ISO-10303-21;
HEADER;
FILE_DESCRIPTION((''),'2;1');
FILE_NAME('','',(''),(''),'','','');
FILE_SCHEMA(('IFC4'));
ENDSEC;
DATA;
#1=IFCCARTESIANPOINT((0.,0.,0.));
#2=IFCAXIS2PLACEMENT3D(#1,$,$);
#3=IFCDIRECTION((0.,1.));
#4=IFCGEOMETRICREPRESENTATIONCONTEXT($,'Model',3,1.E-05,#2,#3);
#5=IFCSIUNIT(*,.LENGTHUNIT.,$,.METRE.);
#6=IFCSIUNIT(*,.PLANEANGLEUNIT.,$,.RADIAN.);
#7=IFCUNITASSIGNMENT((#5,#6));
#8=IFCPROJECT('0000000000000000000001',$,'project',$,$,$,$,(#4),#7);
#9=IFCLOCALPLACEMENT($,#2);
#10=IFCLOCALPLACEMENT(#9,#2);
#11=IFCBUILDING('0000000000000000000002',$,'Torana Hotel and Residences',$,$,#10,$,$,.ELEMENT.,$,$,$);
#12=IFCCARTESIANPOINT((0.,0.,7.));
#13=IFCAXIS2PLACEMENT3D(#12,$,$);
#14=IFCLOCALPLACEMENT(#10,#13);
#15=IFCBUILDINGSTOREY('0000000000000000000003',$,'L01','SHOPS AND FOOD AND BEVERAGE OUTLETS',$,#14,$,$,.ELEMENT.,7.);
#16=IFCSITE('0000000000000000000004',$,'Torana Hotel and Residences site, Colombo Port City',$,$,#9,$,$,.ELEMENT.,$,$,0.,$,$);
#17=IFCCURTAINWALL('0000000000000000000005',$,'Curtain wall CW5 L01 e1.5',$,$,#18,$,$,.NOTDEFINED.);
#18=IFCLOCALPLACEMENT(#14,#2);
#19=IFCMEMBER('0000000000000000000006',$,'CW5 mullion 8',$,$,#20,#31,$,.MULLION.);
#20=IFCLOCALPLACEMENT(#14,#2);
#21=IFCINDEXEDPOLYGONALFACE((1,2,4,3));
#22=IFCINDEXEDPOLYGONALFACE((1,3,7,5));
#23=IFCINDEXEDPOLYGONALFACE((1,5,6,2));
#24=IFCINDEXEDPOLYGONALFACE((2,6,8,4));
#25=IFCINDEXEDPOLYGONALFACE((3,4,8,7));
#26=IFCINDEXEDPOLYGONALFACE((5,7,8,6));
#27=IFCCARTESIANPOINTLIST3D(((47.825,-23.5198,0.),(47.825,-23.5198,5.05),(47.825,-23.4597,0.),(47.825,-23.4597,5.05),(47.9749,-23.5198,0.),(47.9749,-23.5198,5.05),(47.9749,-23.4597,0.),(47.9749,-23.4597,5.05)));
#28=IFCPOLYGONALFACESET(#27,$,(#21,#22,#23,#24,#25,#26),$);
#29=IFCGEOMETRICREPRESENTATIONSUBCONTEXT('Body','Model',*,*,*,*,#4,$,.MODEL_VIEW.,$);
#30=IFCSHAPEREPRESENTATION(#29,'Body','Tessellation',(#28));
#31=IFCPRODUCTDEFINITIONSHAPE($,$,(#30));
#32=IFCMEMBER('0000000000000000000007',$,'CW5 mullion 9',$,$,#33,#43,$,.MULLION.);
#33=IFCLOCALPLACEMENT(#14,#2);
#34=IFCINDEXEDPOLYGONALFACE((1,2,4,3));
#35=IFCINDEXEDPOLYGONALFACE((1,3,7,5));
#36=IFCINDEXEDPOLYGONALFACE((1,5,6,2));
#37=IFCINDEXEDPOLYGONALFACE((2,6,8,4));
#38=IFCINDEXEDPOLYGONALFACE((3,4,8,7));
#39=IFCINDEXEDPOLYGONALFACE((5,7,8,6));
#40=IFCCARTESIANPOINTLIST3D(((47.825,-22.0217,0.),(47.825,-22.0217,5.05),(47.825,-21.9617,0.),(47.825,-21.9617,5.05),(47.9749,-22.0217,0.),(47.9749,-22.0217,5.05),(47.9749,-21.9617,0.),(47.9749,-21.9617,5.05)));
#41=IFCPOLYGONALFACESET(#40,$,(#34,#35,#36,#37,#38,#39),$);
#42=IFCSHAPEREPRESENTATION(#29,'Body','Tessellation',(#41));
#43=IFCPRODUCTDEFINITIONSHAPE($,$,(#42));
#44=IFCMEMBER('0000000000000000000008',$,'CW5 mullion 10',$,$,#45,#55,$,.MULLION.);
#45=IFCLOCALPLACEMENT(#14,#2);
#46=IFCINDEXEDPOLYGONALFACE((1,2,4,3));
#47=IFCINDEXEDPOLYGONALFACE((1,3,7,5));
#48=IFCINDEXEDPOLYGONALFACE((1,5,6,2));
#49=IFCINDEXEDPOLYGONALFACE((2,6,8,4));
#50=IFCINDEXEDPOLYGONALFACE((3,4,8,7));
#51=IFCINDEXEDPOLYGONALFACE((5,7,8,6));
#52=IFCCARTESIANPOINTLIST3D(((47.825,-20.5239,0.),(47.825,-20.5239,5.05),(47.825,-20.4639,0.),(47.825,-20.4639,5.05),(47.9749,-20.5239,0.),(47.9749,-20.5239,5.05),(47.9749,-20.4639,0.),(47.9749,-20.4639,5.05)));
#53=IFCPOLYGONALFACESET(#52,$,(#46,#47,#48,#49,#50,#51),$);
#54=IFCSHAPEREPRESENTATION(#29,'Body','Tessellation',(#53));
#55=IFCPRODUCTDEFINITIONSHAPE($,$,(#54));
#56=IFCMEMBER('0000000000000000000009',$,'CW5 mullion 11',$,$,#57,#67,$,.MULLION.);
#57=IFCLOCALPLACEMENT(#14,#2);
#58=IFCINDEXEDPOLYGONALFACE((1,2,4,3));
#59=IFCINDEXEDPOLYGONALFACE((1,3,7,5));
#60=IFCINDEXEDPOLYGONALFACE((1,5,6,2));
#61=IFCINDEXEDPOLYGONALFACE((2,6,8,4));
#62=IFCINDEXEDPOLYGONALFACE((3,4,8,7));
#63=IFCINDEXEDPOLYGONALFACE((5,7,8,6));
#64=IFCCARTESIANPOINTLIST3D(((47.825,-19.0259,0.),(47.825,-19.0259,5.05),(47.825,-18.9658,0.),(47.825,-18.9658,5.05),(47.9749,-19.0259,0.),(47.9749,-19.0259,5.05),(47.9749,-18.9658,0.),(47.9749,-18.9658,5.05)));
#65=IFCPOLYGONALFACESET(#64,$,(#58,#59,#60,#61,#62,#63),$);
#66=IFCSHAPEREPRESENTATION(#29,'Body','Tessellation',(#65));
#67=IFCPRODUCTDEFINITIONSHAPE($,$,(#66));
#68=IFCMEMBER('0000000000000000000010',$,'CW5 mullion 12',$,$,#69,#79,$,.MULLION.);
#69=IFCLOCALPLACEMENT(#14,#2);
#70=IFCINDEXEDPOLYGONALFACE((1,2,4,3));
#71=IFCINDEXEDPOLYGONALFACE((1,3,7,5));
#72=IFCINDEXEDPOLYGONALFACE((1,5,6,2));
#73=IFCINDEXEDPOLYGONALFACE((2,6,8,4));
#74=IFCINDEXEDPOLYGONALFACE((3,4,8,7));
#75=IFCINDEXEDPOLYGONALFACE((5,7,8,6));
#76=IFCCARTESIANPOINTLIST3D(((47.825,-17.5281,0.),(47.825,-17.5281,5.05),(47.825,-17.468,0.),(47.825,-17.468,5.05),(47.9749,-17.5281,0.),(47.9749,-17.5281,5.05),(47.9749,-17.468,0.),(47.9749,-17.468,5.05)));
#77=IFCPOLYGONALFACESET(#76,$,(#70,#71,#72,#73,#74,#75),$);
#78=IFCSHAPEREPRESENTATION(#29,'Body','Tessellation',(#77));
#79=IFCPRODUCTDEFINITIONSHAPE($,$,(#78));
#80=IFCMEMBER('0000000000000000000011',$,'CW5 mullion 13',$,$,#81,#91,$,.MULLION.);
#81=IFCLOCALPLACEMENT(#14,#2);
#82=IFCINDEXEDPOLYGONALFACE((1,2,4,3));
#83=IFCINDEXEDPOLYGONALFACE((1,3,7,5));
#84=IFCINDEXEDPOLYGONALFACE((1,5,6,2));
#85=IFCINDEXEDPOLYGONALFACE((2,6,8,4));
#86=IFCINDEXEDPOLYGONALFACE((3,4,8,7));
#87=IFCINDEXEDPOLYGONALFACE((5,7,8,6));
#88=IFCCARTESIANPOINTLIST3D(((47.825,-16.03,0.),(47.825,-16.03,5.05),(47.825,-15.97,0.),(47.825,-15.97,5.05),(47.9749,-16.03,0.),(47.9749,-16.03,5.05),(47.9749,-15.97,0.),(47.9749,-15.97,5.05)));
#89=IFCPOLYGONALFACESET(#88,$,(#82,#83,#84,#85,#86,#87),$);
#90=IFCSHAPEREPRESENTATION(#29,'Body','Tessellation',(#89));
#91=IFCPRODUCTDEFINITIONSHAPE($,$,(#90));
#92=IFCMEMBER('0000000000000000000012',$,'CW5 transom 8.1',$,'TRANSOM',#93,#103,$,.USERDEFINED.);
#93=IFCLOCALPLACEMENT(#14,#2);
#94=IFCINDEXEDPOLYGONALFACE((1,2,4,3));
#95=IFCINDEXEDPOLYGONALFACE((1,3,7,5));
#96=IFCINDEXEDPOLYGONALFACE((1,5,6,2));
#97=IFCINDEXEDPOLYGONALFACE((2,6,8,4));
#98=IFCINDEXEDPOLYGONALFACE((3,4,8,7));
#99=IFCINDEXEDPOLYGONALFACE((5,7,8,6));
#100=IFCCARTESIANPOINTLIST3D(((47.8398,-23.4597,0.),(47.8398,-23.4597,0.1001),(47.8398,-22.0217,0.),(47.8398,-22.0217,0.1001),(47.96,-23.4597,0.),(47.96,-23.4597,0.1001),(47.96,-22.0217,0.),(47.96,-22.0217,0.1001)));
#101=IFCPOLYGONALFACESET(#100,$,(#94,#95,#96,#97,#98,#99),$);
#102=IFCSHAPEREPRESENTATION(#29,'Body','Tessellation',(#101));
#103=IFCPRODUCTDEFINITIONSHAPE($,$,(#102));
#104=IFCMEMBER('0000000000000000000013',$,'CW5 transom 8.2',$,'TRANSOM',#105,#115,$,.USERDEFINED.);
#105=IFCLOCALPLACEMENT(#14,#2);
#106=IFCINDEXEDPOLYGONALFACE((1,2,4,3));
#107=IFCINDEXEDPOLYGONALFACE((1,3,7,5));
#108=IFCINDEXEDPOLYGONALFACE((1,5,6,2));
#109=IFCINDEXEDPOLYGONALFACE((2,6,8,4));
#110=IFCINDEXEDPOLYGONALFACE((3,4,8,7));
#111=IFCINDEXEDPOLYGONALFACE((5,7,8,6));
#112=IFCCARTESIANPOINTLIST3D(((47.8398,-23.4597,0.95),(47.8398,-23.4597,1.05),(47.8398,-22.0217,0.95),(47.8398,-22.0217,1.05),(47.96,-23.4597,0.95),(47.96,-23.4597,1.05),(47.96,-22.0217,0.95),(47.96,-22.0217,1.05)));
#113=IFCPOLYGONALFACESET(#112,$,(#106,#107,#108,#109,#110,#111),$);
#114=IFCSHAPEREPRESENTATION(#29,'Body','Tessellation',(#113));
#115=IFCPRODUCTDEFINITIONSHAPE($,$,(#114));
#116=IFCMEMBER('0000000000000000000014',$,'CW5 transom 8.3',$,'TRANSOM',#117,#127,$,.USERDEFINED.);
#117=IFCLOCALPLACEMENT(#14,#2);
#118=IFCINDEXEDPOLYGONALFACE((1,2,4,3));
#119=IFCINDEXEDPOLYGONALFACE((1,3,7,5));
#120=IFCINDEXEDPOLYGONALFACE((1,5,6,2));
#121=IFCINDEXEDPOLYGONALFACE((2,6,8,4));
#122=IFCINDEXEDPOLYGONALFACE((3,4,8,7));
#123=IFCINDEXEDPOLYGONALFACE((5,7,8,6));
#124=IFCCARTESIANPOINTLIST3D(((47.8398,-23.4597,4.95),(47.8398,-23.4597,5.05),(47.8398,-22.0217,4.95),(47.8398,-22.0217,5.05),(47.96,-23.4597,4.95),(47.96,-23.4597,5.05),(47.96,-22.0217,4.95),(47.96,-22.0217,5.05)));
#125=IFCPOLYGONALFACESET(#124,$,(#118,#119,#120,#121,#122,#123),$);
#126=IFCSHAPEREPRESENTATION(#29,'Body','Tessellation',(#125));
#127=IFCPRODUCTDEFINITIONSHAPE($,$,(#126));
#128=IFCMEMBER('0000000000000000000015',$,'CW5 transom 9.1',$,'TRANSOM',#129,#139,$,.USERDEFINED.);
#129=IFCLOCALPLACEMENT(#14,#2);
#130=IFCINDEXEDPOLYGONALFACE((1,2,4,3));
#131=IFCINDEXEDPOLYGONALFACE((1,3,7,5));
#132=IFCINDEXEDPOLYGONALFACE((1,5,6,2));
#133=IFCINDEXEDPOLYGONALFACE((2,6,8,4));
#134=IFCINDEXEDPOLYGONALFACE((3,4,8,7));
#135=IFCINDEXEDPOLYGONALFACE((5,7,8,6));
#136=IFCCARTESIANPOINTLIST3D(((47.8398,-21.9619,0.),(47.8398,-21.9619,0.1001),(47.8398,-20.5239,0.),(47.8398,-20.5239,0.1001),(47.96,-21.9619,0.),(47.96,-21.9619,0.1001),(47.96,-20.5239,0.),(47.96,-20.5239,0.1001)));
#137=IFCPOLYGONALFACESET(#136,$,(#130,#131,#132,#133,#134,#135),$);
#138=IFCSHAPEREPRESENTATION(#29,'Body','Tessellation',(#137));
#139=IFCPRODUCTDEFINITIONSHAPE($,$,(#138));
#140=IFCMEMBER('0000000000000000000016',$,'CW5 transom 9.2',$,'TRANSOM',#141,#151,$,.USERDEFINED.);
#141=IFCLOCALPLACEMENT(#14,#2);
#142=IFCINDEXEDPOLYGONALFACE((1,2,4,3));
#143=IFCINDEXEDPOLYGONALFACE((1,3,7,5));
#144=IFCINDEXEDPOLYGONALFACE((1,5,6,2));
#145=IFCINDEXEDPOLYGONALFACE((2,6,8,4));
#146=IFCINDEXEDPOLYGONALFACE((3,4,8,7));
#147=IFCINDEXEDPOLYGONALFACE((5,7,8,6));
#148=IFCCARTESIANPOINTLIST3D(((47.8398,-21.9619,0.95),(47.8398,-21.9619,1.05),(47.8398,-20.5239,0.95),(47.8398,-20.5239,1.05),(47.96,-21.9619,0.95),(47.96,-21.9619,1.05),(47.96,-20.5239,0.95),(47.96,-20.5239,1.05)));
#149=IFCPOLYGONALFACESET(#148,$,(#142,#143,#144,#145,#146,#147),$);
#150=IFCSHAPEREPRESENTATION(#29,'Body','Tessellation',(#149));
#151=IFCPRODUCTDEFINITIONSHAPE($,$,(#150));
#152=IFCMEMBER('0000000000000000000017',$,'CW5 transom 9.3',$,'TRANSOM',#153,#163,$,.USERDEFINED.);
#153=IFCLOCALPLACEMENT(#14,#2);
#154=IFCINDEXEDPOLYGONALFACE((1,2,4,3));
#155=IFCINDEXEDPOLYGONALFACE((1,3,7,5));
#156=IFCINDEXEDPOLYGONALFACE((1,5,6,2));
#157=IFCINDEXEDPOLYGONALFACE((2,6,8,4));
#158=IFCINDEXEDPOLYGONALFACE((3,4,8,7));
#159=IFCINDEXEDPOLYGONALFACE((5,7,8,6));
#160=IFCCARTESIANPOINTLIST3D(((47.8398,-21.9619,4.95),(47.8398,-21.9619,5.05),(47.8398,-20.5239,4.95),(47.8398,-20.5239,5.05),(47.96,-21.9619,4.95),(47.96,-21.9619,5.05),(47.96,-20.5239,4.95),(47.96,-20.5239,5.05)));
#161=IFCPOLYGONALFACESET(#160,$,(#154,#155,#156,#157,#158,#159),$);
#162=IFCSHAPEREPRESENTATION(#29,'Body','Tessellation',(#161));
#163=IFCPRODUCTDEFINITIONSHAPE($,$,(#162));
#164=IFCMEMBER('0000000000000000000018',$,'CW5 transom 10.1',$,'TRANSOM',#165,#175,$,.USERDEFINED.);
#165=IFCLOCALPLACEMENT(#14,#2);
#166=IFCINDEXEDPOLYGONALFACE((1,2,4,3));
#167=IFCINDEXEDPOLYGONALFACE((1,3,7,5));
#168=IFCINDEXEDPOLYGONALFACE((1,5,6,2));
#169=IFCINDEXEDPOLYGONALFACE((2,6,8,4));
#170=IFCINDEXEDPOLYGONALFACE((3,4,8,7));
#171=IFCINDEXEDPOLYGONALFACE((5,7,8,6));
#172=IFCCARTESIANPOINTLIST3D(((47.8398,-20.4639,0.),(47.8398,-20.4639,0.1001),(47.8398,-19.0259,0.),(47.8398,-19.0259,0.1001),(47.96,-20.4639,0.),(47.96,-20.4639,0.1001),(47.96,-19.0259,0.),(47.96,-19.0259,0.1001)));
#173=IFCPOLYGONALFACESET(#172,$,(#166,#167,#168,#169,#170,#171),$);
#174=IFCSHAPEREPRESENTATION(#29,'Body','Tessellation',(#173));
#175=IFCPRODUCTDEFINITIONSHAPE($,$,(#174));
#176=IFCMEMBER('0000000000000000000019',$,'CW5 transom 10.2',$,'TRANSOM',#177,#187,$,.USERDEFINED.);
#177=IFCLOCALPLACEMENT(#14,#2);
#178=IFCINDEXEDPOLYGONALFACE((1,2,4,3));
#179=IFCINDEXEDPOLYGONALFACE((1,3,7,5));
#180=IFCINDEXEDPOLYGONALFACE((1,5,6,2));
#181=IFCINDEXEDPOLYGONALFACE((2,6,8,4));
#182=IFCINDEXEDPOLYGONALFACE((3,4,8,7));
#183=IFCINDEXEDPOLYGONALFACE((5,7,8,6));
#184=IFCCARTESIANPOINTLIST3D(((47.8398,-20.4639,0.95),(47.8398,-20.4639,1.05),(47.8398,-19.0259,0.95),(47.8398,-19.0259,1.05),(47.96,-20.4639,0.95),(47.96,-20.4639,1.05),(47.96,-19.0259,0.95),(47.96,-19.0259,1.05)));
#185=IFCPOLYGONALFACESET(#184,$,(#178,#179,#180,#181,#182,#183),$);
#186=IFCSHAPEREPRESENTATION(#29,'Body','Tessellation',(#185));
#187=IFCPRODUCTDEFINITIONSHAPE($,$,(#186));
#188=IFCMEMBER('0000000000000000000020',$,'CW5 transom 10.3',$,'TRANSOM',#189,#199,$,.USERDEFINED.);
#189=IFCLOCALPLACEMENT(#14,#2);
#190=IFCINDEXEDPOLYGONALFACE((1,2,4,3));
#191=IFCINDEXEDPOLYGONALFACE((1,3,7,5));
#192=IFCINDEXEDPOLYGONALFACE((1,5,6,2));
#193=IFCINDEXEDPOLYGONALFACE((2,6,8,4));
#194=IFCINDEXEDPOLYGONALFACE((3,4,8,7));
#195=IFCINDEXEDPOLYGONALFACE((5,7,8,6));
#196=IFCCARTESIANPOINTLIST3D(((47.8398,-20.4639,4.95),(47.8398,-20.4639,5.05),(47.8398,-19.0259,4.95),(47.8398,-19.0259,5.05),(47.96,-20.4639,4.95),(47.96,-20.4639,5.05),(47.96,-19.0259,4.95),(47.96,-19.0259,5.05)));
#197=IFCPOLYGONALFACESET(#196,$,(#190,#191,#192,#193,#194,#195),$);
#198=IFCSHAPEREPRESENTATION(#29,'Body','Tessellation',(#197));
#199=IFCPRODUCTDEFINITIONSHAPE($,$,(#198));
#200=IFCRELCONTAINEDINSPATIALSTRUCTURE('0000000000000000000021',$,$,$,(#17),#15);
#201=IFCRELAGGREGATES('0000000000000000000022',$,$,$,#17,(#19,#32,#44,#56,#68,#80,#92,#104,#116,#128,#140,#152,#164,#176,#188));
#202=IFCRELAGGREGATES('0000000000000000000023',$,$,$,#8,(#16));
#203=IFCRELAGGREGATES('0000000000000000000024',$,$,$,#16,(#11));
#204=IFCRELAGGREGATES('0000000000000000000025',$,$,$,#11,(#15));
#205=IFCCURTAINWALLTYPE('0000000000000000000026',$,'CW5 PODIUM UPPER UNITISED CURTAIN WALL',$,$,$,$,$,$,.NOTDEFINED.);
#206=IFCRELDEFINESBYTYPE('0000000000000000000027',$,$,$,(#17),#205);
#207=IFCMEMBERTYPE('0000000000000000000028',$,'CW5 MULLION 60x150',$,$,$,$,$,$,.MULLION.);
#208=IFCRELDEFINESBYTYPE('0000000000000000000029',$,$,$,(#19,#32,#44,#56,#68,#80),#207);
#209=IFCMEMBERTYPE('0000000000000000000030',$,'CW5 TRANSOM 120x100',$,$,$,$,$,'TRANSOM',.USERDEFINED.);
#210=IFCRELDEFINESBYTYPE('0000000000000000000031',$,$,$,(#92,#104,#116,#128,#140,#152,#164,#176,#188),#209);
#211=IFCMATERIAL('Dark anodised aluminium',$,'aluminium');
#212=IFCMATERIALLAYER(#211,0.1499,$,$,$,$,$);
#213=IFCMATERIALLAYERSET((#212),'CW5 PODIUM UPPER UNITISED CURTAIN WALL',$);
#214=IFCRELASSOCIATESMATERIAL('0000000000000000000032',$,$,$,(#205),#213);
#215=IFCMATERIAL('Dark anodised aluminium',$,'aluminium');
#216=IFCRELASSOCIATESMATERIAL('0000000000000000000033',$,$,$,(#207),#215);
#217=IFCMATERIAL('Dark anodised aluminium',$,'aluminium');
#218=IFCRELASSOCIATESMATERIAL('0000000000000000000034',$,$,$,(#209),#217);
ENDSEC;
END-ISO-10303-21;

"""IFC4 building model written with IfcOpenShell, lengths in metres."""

from ifc_helpers import new_model, si_unit, direction, frame, origin, origin_2d, place, context, subcontext, project, spatial, rectangle, extrude, material, layer, layer_set, material_profile, profile_set, type_object, element, aggregate, save


model = new_model("IFC4")

# Units and contexts
model_context = context("Model", 3, precision=1e-05, world=origin(), true_north=direction((0.0, 1.0)))
body_context = subcontext(model_context, "Body", "Model", "MODEL_VIEW")
ifc_project = project(units=[si_unit("LENGTHUNIT", "METRE"), si_unit("PLANEANGLEUNIT", "RADIAN")], contexts=[model_context])

# Site, building, storey
site_placement = place(None, origin())
site = spatial("IfcSite", under=ifc_project, at=site_placement, Name="Torana Hotel and Residences site, Colombo Port City", CompositionType="ELEMENT", RefElevation=0.0)
building_placement = place(site_placement, origin())
building = spatial("IfcBuilding", under=site, at=building_placement, Name="Torana Hotel and Residences", CompositionType="ELEMENT")
storey_placement = place(building_placement, frame((0.0, 0.0, 7.0)))
storey = spatial("IfcBuildingStorey", under=building, at=storey_placement, Name="L01", Description="SHOPS AND FOOD AND BEVERAGE OUTLETS", CompositionType="ELEMENT", Elevation=7.0)

# Curtain wall, members
ifc_material_1 = material(Name="Dark anodised aluminium", Category="aluminium")
ifc_layer_1 = layer(ifc_material_1, 0.1499)
ifc_layer_set_1 = layer_set([ifc_layer_1], Name="CW5 PODIUM UPPER UNITISED CURTAIN WALL")
curtain_wall_type = type_object("IfcCurtainWallType", Name="CW5 PODIUM UPPER UNITISED CURTAIN WALL", PredefinedType="NOTDEFINED", material=ifc_layer_set_1)
curtain_wall_placement = place(storey_placement, origin())
curtain_wall = element("IfcCurtainWall", 1, at=curtain_wall_placement, inside=storey, type_object=curtain_wall_type, Name="Curtain wall CW5 L01 e1.5", PredefinedType="NOTDEFINED")
ifc_material_2 = material(Name="Dark anodised aluminium", Category="aluminium")
ifc_material_profile_1 = material_profile(ifc_material_2, rectangle(XDim=0.1499, YDim=0.0601, at=origin_2d()), Name="CW5 MULLION 60x150")
ifc_profile_set_1 = profile_set([ifc_material_profile_1], Name="Dark anodised aluminium")
member_type_1 = type_object("IfcMemberType", Name="CW5 MULLION 60x150", PredefinedType="MULLION", material=ifc_profile_set_1)
member_1_placement = place(storey_placement, frame((47.8999, -23.4897, 0.0), z_axis=(0.0, 0.0, 1.0), x_axis=(-1.0, 0.0, 0.0)))
member_1 = element("IfcMember", 2, at=member_1_placement, type_object=member_type_1, Name="CW5 mullion 8", PredefinedType="MULLION", context=body_context, shape_type="SweptSolid", body=[
    extrude(rectangle(XDim=0.1499, YDim=0.0601, at=origin_2d()), origin(), (0.0, 0.0, 1.0), 5.05),
])
member_2_placement = place(storey_placement, frame((47.8999, -21.9917, 0.0), z_axis=(0.0, 0.0, 1.0), x_axis=(-1.0, 0.0, 0.0)))
member_2 = element("IfcMember", 3, at=member_2_placement, type_object=member_type_1, Name="CW5 mullion 9", PredefinedType="MULLION", context=body_context, shape_type="SweptSolid", body=[
    extrude(rectangle(XDim=0.1499, YDim=0.0601, at=origin_2d()), origin(), (0.0, 0.0, 1.0), 5.05),
])
member_3_placement = place(storey_placement, frame((47.8999, -20.4939, 0.0), z_axis=(0.0, 0.0, 1.0), x_axis=(-1.0, 0.0, 0.0)))
member_3 = element("IfcMember", 4, at=member_3_placement, type_object=member_type_1, Name="CW5 mullion 10", PredefinedType="MULLION", context=body_context, shape_type="SweptSolid", body=[
    extrude(rectangle(XDim=0.1499, YDim=0.0601, at=origin_2d()), origin(), (0.0, 0.0, 1.0), 5.05),
])
member_4_placement = place(storey_placement, frame((47.8999, -18.9958, 0.0), z_axis=(0.0, 0.0, 1.0), x_axis=(-1.0, 0.0, 0.0)))
member_4 = element("IfcMember", 5, at=member_4_placement, type_object=member_type_1, Name="CW5 mullion 11", PredefinedType="MULLION", context=body_context, shape_type="SweptSolid", body=[
    extrude(rectangle(XDim=0.1499, YDim=0.0601, at=origin_2d()), origin(), (0.0, 0.0, 1.0), 5.05),
])
member_5_placement = place(storey_placement, frame((47.8999, -17.498, 0.0), z_axis=(0.0, 0.0, 1.0), x_axis=(-1.0, 0.0, 0.0)))
member_5 = element("IfcMember", 6, at=member_5_placement, type_object=member_type_1, Name="CW5 mullion 12", PredefinedType="MULLION", context=body_context, shape_type="SweptSolid", body=[
    extrude(rectangle(XDim=0.1499, YDim=0.0601, at=origin_2d()), origin(), (0.0, 0.0, 1.0), 5.05),
])
member_6_placement = place(storey_placement, frame((47.8999, -16.0, 0.0), z_axis=(0.0, 0.0, 1.0), x_axis=(-1.0, 0.0, 0.0)))
member_6 = element("IfcMember", 7, at=member_6_placement, type_object=member_type_1, Name="CW5 mullion 13", PredefinedType="MULLION", context=body_context, shape_type="SweptSolid", body=[
    extrude(rectangle(XDim=0.1499, YDim=0.0601, at=origin_2d()), origin(), (0.0, 0.0, 1.0), 5.05),
])
ifc_material_3 = material(Name="Dark anodised aluminium", Category="aluminium")
ifc_material_profile_2 = material_profile(ifc_material_3, rectangle(XDim=0.1201, YDim=0.1001, at=origin_2d()), Name="CW5 TRANSOM 120x100")
ifc_profile_set_2 = profile_set([ifc_material_profile_2], Name="Dark anodised aluminium")
member_type_2 = type_object("IfcMemberType", Name="CW5 TRANSOM 120x100", ElementType="TRANSOM", PredefinedType="USERDEFINED", material=ifc_profile_set_2)
member_7_placement = place(storey_placement, frame((47.8999, -23.4597, 0.05), z_axis=(0.0, 1.0, 0.0), x_axis=(-1.0, 0.0, 0.0)))
member_7 = element("IfcMember", 8, at=member_7_placement, type_object=member_type_2, Name="CW5 transom 8.1", ObjectType="TRANSOM", PredefinedType="USERDEFINED", context=body_context, shape_type="SweptSolid", body=[
    extrude(rectangle(XDim=0.1201, YDim=0.1001, at=origin_2d()), origin(), (0.0, 0.0, 1.0), 1.438),
])
member_8_placement = place(storey_placement, frame((47.8999, -23.4597, 1.0), z_axis=(0.0, 1.0, 0.0), x_axis=(-1.0, 0.0, 0.0)))
member_8 = element("IfcMember", 9, at=member_8_placement, type_object=member_type_2, Name="CW5 transom 8.2", ObjectType="TRANSOM", PredefinedType="USERDEFINED", context=body_context, shape_type="SweptSolid", body=[
    extrude(rectangle(XDim=0.1201, YDim=0.1001, at=origin_2d()), origin(), (0.0, 0.0, 1.0), 1.438),
])
member_9_placement = place(storey_placement, frame((47.8999, -23.4597, 5.0), z_axis=(0.0, 1.0, 0.0), x_axis=(-1.0, 0.0, 0.0)))
member_9 = element("IfcMember", 10, at=member_9_placement, type_object=member_type_2, Name="CW5 transom 8.3", ObjectType="TRANSOM", PredefinedType="USERDEFINED", context=body_context, shape_type="SweptSolid", body=[
    extrude(rectangle(XDim=0.1201, YDim=0.1001, at=origin_2d()), origin(), (0.0, 0.0, 1.0), 1.438),
])
member_10_placement = place(storey_placement, frame((47.8999, -21.9619, 0.05), z_axis=(0.0, 1.0, 0.0), x_axis=(-1.0, 0.0, 0.0)))
member_10 = element("IfcMember", 11, at=member_10_placement, type_object=member_type_2, Name="CW5 transom 9.1", ObjectType="TRANSOM", PredefinedType="USERDEFINED", context=body_context, shape_type="SweptSolid", body=[
    extrude(rectangle(XDim=0.1201, YDim=0.1001, at=origin_2d()), origin(), (0.0, 0.0, 1.0), 1.438),
])
member_11_placement = place(storey_placement, frame((47.8999, -21.9619, 1.0), z_axis=(0.0, 1.0, 0.0), x_axis=(-1.0, 0.0, 0.0)))
member_11 = element("IfcMember", 12, at=member_11_placement, type_object=member_type_2, Name="CW5 transom 9.2", ObjectType="TRANSOM", PredefinedType="USERDEFINED", context=body_context, shape_type="SweptSolid", body=[
    extrude(rectangle(XDim=0.1201, YDim=0.1001, at=origin_2d()), origin(), (0.0, 0.0, 1.0), 1.438),
])
member_12_placement = place(storey_placement, frame((47.8999, -21.9619, 5.0), z_axis=(0.0, 1.0, 0.0), x_axis=(-1.0, 0.0, 0.0)))
member_12 = element("IfcMember", 13, at=member_12_placement, type_object=member_type_2, Name="CW5 transom 9.3", ObjectType="TRANSOM", PredefinedType="USERDEFINED", context=body_context, shape_type="SweptSolid", body=[
    extrude(rectangle(XDim=0.1201, YDim=0.1001, at=origin_2d()), origin(), (0.0, 0.0, 1.0), 1.438),
])
member_13_placement = place(storey_placement, frame((47.8999, -20.4639, 0.05), z_axis=(0.0, 1.0, 0.0), x_axis=(-1.0, 0.0, 0.0)))
member_13 = element("IfcMember", 14, at=member_13_placement, type_object=member_type_2, Name="CW5 transom 10.1", ObjectType="TRANSOM", PredefinedType="USERDEFINED", context=body_context, shape_type="SweptSolid", body=[
    extrude(rectangle(XDim=0.1201, YDim=0.1001, at=origin_2d()), origin(), (0.0, 0.0, 1.0), 1.438),
])
member_14_placement = place(storey_placement, frame((47.8999, -20.4639, 1.0), z_axis=(0.0, 1.0, 0.0), x_axis=(-1.0, 0.0, 0.0)))
member_14 = element("IfcMember", 15, at=member_14_placement, type_object=member_type_2, Name="CW5 transom 10.2", ObjectType="TRANSOM", PredefinedType="USERDEFINED", context=body_context, shape_type="SweptSolid", body=[
    extrude(rectangle(XDim=0.1201, YDim=0.1001, at=origin_2d()), origin(), (0.0, 0.0, 1.0), 1.438),
])
member_15_placement = place(storey_placement, frame((47.8999, -20.4639, 5.0), z_axis=(0.0, 1.0, 0.0), x_axis=(-1.0, 0.0, 0.0)))
member_15 = element("IfcMember", 16, at=member_15_placement, type_object=member_type_2, Name="CW5 transom 10.3", ObjectType="TRANSOM", PredefinedType="USERDEFINED", context=body_context, shape_type="SweptSolid", body=[
    extrude(rectangle(XDim=0.1201, YDim=0.1001, at=origin_2d()), origin(), (0.0, 0.0, 1.0), 1.438),
])
aggregate(curtain_wall, [member_1, member_2, member_3, member_4, member_5, member_6, member_7, member_8, member_9, member_10, member_11, member_12, member_13, member_14, member_15])

save(model, "model.ifc")
